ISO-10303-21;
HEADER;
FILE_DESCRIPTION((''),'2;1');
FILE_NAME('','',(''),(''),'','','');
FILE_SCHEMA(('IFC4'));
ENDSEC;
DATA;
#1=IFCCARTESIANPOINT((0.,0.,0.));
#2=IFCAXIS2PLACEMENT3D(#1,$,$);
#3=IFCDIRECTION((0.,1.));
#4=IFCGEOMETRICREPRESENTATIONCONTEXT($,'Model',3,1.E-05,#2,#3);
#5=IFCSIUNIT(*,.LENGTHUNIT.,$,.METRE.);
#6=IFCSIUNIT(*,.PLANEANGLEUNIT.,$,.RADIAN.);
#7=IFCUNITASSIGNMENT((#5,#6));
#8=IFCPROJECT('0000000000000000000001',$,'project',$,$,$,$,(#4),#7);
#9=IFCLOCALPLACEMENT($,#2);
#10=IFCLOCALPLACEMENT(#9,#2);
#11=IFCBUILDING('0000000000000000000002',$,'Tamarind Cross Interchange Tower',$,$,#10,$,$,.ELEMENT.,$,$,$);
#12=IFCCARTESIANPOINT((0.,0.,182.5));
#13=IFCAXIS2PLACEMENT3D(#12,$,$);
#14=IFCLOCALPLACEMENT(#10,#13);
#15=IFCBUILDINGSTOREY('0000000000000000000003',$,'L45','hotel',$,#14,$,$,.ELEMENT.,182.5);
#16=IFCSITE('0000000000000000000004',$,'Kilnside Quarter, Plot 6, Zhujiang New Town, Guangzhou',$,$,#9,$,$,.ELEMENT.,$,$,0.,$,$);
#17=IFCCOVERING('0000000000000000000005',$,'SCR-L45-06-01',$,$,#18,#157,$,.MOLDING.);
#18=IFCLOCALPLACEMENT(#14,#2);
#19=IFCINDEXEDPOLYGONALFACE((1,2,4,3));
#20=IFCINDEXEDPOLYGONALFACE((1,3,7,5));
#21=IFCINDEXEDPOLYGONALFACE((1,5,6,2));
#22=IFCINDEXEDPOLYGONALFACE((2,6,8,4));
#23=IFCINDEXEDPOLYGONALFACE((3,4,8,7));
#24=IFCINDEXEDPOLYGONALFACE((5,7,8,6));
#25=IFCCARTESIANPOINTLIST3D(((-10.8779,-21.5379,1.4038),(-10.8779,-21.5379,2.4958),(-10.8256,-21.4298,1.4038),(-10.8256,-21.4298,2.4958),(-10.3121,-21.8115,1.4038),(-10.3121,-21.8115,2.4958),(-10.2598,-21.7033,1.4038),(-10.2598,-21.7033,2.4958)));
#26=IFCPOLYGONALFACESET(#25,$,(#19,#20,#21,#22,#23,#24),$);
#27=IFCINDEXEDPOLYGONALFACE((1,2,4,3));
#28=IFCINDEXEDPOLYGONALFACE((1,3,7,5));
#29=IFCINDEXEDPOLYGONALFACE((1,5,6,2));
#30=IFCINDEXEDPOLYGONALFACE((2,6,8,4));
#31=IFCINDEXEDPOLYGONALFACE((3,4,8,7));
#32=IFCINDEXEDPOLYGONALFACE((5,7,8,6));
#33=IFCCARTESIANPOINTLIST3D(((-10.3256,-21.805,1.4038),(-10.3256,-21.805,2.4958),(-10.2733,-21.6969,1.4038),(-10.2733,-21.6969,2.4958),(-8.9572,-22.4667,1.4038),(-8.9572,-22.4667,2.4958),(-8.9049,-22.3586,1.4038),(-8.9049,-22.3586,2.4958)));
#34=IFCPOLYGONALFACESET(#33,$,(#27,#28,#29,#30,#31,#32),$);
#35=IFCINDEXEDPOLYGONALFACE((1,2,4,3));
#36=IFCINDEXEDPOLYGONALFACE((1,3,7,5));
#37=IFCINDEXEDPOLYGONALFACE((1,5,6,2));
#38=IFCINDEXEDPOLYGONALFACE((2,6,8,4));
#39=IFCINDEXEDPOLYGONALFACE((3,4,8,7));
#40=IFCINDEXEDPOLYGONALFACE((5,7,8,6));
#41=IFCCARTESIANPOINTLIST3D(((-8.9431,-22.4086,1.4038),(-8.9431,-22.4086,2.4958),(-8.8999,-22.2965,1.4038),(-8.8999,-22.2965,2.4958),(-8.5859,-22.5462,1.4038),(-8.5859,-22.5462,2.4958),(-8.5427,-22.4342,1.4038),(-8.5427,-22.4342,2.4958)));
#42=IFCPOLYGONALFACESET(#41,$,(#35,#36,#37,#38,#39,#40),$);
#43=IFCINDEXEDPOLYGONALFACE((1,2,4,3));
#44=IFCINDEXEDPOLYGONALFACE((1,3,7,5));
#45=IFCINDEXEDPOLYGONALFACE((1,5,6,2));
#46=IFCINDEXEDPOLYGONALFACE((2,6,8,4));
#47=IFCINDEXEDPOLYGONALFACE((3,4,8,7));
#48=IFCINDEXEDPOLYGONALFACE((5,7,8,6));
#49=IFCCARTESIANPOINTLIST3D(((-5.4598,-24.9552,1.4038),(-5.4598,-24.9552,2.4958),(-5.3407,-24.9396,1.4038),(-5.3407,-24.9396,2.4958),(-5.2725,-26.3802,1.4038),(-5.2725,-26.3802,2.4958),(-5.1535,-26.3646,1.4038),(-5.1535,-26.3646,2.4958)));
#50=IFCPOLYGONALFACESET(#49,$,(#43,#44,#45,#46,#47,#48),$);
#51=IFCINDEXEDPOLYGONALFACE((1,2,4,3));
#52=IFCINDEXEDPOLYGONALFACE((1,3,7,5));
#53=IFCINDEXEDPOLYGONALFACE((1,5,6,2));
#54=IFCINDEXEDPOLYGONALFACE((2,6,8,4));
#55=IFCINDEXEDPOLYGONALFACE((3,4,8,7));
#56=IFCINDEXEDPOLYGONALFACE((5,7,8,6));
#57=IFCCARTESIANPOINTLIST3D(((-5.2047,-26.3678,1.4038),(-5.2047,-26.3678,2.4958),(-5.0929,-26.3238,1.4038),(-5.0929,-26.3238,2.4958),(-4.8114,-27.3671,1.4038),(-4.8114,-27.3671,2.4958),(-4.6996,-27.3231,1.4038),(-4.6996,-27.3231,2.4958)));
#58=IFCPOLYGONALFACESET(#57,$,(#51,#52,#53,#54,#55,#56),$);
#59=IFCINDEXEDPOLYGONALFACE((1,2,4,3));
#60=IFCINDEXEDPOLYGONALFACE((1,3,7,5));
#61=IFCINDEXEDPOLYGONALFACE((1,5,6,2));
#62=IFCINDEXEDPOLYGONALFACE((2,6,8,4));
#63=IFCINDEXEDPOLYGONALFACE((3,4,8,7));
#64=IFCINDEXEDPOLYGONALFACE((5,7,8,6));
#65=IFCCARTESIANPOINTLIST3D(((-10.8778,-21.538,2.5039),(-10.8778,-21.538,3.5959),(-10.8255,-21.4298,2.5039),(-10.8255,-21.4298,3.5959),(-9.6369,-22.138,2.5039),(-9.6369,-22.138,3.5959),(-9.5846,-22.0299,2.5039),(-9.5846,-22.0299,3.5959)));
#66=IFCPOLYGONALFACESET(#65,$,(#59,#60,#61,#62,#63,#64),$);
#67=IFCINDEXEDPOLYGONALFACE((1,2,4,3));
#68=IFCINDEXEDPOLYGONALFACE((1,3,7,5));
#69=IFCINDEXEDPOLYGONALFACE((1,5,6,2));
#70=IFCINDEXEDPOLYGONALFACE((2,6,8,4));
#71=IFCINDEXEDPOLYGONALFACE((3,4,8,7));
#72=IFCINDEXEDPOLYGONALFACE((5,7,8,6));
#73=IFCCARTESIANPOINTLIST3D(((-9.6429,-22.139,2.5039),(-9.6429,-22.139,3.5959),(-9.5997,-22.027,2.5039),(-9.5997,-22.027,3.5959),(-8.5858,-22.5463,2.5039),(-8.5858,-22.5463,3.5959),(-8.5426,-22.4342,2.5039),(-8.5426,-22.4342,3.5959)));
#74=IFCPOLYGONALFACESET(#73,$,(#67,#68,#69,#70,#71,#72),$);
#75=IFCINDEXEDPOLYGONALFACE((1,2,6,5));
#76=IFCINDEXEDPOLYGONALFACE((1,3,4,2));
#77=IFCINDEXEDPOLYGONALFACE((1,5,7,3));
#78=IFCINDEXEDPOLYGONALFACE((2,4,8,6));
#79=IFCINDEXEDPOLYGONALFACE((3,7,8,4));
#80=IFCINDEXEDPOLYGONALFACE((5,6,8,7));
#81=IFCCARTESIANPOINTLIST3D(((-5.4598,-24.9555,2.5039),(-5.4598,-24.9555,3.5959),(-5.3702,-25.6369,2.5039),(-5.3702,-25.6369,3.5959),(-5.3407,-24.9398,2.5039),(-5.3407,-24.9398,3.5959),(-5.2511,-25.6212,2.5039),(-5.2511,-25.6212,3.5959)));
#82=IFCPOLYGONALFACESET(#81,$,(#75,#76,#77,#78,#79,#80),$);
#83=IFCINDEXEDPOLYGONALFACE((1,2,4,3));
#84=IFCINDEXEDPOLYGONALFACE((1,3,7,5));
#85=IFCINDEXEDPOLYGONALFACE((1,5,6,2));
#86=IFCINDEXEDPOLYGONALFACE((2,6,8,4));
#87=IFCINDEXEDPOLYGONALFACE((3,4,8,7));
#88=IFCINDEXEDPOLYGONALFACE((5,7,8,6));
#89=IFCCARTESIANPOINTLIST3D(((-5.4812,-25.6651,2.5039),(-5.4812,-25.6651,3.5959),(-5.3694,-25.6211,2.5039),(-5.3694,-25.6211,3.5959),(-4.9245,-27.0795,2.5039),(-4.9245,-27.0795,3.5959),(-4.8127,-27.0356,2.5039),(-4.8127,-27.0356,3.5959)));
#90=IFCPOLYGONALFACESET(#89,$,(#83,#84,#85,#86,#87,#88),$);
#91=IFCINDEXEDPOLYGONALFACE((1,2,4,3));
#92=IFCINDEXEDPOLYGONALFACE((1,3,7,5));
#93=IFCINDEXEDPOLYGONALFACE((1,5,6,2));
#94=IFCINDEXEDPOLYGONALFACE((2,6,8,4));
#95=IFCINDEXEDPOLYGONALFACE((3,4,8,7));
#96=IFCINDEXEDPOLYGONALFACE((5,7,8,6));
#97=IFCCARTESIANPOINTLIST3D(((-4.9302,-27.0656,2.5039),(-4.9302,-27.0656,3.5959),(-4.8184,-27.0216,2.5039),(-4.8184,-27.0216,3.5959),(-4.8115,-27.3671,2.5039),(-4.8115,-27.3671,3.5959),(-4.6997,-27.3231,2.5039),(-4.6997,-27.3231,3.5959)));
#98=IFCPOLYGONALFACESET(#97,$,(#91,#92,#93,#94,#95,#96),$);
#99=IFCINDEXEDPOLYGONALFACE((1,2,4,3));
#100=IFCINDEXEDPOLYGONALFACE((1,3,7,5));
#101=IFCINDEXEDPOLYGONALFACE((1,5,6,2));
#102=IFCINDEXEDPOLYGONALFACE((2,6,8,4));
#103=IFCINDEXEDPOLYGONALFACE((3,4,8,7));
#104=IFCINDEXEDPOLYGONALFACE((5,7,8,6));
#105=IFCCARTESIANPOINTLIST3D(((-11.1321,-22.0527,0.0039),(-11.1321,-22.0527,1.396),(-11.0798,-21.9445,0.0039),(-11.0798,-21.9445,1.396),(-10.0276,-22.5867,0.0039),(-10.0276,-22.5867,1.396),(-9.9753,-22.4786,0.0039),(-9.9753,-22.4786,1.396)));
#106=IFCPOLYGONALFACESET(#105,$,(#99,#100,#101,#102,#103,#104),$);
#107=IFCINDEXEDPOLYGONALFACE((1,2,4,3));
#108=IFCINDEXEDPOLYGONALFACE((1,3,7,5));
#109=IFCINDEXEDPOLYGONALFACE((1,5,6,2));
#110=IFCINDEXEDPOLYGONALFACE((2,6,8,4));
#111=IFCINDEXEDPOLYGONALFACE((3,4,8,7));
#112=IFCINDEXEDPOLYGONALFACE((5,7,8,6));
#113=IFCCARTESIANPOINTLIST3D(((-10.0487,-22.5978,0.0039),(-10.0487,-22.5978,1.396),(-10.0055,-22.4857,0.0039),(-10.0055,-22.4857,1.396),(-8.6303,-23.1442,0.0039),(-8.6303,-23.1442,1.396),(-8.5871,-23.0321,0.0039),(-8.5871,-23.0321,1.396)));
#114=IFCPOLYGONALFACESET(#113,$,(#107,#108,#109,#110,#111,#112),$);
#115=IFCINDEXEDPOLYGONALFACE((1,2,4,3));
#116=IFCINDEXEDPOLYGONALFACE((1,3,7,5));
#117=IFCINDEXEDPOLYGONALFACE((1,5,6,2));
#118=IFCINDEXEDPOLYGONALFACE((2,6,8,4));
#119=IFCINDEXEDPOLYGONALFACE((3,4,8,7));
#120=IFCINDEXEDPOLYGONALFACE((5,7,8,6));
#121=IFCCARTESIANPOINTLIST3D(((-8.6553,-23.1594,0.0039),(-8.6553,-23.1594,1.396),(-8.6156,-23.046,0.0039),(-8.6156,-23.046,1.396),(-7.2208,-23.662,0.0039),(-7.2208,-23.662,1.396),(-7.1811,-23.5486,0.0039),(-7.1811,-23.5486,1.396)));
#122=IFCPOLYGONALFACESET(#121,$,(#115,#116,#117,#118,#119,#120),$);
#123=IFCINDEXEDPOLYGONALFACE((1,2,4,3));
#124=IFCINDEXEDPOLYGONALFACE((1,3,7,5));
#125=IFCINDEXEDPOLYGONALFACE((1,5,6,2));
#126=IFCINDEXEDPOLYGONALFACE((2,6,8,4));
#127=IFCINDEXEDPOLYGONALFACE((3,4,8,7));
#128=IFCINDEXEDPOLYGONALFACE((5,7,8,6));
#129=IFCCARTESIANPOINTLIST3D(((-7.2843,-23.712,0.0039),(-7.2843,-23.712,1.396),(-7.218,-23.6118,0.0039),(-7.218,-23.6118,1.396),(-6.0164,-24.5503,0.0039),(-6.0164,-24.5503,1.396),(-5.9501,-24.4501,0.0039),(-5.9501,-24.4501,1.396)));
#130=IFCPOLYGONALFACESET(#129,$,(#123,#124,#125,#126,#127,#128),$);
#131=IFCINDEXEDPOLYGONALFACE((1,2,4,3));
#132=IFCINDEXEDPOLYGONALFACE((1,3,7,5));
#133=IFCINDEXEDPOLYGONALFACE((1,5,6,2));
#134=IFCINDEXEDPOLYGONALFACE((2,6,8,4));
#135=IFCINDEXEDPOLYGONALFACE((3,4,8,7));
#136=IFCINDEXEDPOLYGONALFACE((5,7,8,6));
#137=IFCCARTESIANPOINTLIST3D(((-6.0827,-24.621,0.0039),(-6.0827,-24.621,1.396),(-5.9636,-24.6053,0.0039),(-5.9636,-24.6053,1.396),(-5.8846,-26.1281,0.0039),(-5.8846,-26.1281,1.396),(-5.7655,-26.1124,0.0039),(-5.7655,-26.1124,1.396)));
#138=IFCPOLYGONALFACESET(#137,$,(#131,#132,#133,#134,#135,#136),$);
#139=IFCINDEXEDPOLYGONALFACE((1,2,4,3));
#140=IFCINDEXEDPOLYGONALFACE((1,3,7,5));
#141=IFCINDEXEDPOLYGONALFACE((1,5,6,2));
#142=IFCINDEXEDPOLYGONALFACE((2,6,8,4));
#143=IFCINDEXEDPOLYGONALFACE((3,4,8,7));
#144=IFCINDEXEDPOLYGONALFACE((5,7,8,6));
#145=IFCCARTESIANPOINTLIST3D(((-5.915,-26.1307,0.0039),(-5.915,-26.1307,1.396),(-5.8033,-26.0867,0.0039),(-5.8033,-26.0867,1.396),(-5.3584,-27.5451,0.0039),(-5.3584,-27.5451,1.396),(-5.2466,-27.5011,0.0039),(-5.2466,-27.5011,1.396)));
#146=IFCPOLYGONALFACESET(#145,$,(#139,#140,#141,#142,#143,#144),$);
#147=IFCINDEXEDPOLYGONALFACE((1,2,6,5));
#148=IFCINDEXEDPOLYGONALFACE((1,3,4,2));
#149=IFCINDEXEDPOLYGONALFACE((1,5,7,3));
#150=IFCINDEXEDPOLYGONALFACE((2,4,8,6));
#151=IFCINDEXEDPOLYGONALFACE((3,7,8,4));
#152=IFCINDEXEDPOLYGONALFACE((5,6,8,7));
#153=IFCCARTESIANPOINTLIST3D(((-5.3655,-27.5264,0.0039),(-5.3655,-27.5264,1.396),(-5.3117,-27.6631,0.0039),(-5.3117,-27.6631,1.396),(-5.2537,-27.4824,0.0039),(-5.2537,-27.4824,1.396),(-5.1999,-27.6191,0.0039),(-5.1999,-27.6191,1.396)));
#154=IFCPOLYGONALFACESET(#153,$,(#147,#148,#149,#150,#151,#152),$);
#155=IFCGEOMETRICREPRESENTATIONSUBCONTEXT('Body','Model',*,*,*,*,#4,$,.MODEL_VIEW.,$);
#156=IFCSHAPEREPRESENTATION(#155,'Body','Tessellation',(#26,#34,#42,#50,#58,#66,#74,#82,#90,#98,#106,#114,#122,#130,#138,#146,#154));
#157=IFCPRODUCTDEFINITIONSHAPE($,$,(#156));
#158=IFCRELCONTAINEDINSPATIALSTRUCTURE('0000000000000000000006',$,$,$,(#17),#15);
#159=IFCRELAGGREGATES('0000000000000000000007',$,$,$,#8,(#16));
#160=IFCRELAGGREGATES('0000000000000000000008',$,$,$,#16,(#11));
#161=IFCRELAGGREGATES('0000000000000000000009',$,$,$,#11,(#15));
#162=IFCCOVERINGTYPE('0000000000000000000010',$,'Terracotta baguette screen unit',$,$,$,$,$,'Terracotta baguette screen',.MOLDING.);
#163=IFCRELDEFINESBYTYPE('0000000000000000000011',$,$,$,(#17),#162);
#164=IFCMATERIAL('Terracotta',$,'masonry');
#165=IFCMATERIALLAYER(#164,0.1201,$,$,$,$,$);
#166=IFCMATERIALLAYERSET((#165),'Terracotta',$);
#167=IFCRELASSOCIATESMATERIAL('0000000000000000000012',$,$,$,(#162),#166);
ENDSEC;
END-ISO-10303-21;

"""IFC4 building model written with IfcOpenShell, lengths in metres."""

from ifc_helpers import new_model, si_unit, direction, frame, origin, origin_2d, place, context, subcontext, project, spatial, rectangle, extrude, material, layer, layer_set, type_object, element, save


model = new_model("IFC4")

# Units and contexts
model_context = context("Model", 3, precision=1e-05, world=origin(), true_north=direction((0.0, 1.0)))
body_context = subcontext(model_context, "Body", "Model", "MODEL_VIEW")
ifc_project = project(units=[si_unit("LENGTHUNIT", "METRE"), si_unit("PLANEANGLEUNIT", "RADIAN")], contexts=[model_context])

# Site, building, storey
site_placement = place(None, origin())
site = spatial("IfcSite", under=ifc_project, at=site_placement, Name="Kilnside Quarter, Plot 6, Zhujiang New Town, Guangzhou", CompositionType="ELEMENT", RefElevation=0.0)
building_placement = place(site_placement, origin())
building = spatial("IfcBuilding", under=site, at=building_placement, Name="Tamarind Cross Interchange Tower", CompositionType="ELEMENT")
storey_placement = place(building_placement, frame((0.0, 0.0, 182.5)))
storey = spatial("IfcBuildingStorey", under=building, at=storey_placement, Name="L45", Description="hotel", CompositionType="ELEMENT", Elevation=182.5)

# Covering
ifc_material_1 = material(Name="Terracotta", Category="masonry")
ifc_layer_1 = layer(ifc_material_1, 0.1201)
ifc_layer_set_1 = layer_set([ifc_layer_1], Name="Terracotta")
covering_type = type_object("IfcCoveringType", Name="Terracotta baguette screen unit", ElementType="Terracotta baguette screen", PredefinedType="MOLDING", material=ifc_layer_set_1)
covering_1_placement = place(storey_placement, origin())
element("IfcCovering", 1, at=covering_1_placement, inside=storey, type_object=covering_type, Name="SCR-L45-06-01", PredefinedType="MOLDING", context=body_context, shape_type="SweptSolid", body=[
    extrude(rectangle(XDim=0.6284, YDim=0.1201, at=origin_2d()), frame((-10.5688, -21.6206, 1.4038), z_axis=(0.0, 0.0, 1.0), x_axis=(0.900273, -0.435326, 0.0)), (0.0, 0.0, 1.0), 1.092),
    extrude(rectangle(XDim=1.52, YDim=0.1201, at=origin_2d()), frame((-9.6152, -22.0818, 1.4038), z_axis=(0.0, 0.0, 1.0), x_axis=(0.900273, -0.435326, 0.0)), (0.0, 0.0, 1.0), 1.092),
    extrude(rectangle(XDim=0.3828, YDim=0.1201, at=origin_2d()), frame((-8.7429, -22.4214, 1.4038), z_axis=(0.0, 0.0, 1.0), x_axis=(0.933147, -0.359495, 0.0)), (0.0, 0.0, 1.0), 1.092),
    extrude(rectangle(XDim=1.4373, YDim=0.1201, at=origin_2d()), frame((-5.3066, -25.6599, 1.4038), z_axis=(0.0, 0.0, 1.0), x_axis=(0.130303, -0.991474, 0.0)), (0.0, 0.0, 1.0), 1.092),
    extrude(rectangle(XDim=1.074, YDim=0.1201, at=origin_2d()), frame((-4.9521, -26.8455, 1.4038), z_axis=(0.0, 0.0, 1.0), x_axis=(0.366235, -0.930522, 0.0)), (0.0, 0.0, 1.0), 1.092),
    extrude(rectangle(XDim=1.3784, YDim=0.1201, at=origin_2d()), frame((-10.2312, -21.7839, 2.5039), z_axis=(0.0, 0.0, 1.0), x_axis=(0.900273, -0.435326, 0.0)), (0.0, 0.0, 1.0), 1.092),
    extrude(rectangle(XDim=1.1328, YDim=0.1201, at=origin_2d()), frame((-9.0928, -22.2866, 2.5039), z_axis=(0.0, 0.0, 1.0), x_axis=(0.933147, -0.359495, 0.0)), (0.0, 0.0, 1.0), 1.092),
    extrude(rectangle(XDim=0.6873, YDim=0.1201, at=origin_2d()), frame((-5.3555, -25.2883, 2.5039), z_axis=(0.0, 0.0, 1.0), x_axis=(0.130303, -0.991474, 0.0)), (0.0, 0.0, 1.0), 1.092),
    extrude(rectangle(XDim=1.52, YDim=0.1201, at=origin_2d()), frame((-5.147, -26.3503, 2.5039), z_axis=(0.0, 0.0, 1.0), x_axis=(0.366235, -0.930522, 0.0)), (0.0, 0.0, 1.0), 1.092),
    extrude(rectangle(XDim=0.324, YDim=0.1201, at=origin_2d()), frame((-4.8149, -27.1943, 2.5039), z_axis=(0.0, 0.0, 1.0), x_axis=(0.366235, -0.930522, 0.0)), (0.0, 0.0, 1.0), 1.092),
    extrude(rectangle(XDim=1.2268, YDim=0.1201, at=origin_2d()), frame((-10.5537, -22.2656, 0.0039), z_axis=(0.0, 0.0, 1.0), x_axis=(0.900273, -0.435326, 0.0)), (0.0, 0.0, 1.0), 1.3921),
    extrude(rectangle(XDim=1.52, YDim=0.1201, at=origin_2d()), frame((-9.3179, -22.8149, 0.0039), z_axis=(0.0, 0.0, 1.0), x_axis=(0.933147, -0.359495, 0.0)), (0.0, 0.0, 1.0), 1.3921),
    extrude(rectangle(XDim=1.52, YDim=0.1201, at=origin_2d()), frame((-7.9182, -23.354, 0.0039), z_axis=(0.0, 0.0, 1.0), x_axis=(0.943749, -0.330664, 0.0)), (0.0, 0.0, 1.0), 1.3921),
    extrude(rectangle(XDim=1.52, YDim=0.1201, at=origin_2d()), frame((-6.6172, -24.0811, 0.0039), z_axis=(0.0, 0.0, 1.0), x_axis=(0.834137, -0.551557, 0.0)), (0.0, 0.0, 1.0), 1.3921),
    extrude(rectangle(XDim=1.52, YDim=0.1201, at=origin_2d()), frame((-5.9241, -25.3667, 0.0039), z_axis=(0.0, 0.0, 1.0), x_axis=(0.130303, -0.991474, 0.0)), (0.0, 0.0, 1.0), 1.3921),
    extrude(rectangle(XDim=1.52, YDim=0.1201, at=origin_2d()), frame((-5.5808, -26.8159, 0.0039), z_axis=(0.0, 0.0, 1.0), x_axis=(0.366235, -0.930522, 0.0)), (0.0, 0.0, 1.0), 1.3921),
    extrude(rectangle(XDim=0.147, YDim=0.1201, at=origin_2d()), frame((-5.2827, -27.5728, 0.0039), z_axis=(0.0, 0.0, 1.0), x_axis=(0.366235, -0.930522, 0.0)), (0.0, 0.0, 1.0), 1.3921),
])

save(model, "model.ifc")
